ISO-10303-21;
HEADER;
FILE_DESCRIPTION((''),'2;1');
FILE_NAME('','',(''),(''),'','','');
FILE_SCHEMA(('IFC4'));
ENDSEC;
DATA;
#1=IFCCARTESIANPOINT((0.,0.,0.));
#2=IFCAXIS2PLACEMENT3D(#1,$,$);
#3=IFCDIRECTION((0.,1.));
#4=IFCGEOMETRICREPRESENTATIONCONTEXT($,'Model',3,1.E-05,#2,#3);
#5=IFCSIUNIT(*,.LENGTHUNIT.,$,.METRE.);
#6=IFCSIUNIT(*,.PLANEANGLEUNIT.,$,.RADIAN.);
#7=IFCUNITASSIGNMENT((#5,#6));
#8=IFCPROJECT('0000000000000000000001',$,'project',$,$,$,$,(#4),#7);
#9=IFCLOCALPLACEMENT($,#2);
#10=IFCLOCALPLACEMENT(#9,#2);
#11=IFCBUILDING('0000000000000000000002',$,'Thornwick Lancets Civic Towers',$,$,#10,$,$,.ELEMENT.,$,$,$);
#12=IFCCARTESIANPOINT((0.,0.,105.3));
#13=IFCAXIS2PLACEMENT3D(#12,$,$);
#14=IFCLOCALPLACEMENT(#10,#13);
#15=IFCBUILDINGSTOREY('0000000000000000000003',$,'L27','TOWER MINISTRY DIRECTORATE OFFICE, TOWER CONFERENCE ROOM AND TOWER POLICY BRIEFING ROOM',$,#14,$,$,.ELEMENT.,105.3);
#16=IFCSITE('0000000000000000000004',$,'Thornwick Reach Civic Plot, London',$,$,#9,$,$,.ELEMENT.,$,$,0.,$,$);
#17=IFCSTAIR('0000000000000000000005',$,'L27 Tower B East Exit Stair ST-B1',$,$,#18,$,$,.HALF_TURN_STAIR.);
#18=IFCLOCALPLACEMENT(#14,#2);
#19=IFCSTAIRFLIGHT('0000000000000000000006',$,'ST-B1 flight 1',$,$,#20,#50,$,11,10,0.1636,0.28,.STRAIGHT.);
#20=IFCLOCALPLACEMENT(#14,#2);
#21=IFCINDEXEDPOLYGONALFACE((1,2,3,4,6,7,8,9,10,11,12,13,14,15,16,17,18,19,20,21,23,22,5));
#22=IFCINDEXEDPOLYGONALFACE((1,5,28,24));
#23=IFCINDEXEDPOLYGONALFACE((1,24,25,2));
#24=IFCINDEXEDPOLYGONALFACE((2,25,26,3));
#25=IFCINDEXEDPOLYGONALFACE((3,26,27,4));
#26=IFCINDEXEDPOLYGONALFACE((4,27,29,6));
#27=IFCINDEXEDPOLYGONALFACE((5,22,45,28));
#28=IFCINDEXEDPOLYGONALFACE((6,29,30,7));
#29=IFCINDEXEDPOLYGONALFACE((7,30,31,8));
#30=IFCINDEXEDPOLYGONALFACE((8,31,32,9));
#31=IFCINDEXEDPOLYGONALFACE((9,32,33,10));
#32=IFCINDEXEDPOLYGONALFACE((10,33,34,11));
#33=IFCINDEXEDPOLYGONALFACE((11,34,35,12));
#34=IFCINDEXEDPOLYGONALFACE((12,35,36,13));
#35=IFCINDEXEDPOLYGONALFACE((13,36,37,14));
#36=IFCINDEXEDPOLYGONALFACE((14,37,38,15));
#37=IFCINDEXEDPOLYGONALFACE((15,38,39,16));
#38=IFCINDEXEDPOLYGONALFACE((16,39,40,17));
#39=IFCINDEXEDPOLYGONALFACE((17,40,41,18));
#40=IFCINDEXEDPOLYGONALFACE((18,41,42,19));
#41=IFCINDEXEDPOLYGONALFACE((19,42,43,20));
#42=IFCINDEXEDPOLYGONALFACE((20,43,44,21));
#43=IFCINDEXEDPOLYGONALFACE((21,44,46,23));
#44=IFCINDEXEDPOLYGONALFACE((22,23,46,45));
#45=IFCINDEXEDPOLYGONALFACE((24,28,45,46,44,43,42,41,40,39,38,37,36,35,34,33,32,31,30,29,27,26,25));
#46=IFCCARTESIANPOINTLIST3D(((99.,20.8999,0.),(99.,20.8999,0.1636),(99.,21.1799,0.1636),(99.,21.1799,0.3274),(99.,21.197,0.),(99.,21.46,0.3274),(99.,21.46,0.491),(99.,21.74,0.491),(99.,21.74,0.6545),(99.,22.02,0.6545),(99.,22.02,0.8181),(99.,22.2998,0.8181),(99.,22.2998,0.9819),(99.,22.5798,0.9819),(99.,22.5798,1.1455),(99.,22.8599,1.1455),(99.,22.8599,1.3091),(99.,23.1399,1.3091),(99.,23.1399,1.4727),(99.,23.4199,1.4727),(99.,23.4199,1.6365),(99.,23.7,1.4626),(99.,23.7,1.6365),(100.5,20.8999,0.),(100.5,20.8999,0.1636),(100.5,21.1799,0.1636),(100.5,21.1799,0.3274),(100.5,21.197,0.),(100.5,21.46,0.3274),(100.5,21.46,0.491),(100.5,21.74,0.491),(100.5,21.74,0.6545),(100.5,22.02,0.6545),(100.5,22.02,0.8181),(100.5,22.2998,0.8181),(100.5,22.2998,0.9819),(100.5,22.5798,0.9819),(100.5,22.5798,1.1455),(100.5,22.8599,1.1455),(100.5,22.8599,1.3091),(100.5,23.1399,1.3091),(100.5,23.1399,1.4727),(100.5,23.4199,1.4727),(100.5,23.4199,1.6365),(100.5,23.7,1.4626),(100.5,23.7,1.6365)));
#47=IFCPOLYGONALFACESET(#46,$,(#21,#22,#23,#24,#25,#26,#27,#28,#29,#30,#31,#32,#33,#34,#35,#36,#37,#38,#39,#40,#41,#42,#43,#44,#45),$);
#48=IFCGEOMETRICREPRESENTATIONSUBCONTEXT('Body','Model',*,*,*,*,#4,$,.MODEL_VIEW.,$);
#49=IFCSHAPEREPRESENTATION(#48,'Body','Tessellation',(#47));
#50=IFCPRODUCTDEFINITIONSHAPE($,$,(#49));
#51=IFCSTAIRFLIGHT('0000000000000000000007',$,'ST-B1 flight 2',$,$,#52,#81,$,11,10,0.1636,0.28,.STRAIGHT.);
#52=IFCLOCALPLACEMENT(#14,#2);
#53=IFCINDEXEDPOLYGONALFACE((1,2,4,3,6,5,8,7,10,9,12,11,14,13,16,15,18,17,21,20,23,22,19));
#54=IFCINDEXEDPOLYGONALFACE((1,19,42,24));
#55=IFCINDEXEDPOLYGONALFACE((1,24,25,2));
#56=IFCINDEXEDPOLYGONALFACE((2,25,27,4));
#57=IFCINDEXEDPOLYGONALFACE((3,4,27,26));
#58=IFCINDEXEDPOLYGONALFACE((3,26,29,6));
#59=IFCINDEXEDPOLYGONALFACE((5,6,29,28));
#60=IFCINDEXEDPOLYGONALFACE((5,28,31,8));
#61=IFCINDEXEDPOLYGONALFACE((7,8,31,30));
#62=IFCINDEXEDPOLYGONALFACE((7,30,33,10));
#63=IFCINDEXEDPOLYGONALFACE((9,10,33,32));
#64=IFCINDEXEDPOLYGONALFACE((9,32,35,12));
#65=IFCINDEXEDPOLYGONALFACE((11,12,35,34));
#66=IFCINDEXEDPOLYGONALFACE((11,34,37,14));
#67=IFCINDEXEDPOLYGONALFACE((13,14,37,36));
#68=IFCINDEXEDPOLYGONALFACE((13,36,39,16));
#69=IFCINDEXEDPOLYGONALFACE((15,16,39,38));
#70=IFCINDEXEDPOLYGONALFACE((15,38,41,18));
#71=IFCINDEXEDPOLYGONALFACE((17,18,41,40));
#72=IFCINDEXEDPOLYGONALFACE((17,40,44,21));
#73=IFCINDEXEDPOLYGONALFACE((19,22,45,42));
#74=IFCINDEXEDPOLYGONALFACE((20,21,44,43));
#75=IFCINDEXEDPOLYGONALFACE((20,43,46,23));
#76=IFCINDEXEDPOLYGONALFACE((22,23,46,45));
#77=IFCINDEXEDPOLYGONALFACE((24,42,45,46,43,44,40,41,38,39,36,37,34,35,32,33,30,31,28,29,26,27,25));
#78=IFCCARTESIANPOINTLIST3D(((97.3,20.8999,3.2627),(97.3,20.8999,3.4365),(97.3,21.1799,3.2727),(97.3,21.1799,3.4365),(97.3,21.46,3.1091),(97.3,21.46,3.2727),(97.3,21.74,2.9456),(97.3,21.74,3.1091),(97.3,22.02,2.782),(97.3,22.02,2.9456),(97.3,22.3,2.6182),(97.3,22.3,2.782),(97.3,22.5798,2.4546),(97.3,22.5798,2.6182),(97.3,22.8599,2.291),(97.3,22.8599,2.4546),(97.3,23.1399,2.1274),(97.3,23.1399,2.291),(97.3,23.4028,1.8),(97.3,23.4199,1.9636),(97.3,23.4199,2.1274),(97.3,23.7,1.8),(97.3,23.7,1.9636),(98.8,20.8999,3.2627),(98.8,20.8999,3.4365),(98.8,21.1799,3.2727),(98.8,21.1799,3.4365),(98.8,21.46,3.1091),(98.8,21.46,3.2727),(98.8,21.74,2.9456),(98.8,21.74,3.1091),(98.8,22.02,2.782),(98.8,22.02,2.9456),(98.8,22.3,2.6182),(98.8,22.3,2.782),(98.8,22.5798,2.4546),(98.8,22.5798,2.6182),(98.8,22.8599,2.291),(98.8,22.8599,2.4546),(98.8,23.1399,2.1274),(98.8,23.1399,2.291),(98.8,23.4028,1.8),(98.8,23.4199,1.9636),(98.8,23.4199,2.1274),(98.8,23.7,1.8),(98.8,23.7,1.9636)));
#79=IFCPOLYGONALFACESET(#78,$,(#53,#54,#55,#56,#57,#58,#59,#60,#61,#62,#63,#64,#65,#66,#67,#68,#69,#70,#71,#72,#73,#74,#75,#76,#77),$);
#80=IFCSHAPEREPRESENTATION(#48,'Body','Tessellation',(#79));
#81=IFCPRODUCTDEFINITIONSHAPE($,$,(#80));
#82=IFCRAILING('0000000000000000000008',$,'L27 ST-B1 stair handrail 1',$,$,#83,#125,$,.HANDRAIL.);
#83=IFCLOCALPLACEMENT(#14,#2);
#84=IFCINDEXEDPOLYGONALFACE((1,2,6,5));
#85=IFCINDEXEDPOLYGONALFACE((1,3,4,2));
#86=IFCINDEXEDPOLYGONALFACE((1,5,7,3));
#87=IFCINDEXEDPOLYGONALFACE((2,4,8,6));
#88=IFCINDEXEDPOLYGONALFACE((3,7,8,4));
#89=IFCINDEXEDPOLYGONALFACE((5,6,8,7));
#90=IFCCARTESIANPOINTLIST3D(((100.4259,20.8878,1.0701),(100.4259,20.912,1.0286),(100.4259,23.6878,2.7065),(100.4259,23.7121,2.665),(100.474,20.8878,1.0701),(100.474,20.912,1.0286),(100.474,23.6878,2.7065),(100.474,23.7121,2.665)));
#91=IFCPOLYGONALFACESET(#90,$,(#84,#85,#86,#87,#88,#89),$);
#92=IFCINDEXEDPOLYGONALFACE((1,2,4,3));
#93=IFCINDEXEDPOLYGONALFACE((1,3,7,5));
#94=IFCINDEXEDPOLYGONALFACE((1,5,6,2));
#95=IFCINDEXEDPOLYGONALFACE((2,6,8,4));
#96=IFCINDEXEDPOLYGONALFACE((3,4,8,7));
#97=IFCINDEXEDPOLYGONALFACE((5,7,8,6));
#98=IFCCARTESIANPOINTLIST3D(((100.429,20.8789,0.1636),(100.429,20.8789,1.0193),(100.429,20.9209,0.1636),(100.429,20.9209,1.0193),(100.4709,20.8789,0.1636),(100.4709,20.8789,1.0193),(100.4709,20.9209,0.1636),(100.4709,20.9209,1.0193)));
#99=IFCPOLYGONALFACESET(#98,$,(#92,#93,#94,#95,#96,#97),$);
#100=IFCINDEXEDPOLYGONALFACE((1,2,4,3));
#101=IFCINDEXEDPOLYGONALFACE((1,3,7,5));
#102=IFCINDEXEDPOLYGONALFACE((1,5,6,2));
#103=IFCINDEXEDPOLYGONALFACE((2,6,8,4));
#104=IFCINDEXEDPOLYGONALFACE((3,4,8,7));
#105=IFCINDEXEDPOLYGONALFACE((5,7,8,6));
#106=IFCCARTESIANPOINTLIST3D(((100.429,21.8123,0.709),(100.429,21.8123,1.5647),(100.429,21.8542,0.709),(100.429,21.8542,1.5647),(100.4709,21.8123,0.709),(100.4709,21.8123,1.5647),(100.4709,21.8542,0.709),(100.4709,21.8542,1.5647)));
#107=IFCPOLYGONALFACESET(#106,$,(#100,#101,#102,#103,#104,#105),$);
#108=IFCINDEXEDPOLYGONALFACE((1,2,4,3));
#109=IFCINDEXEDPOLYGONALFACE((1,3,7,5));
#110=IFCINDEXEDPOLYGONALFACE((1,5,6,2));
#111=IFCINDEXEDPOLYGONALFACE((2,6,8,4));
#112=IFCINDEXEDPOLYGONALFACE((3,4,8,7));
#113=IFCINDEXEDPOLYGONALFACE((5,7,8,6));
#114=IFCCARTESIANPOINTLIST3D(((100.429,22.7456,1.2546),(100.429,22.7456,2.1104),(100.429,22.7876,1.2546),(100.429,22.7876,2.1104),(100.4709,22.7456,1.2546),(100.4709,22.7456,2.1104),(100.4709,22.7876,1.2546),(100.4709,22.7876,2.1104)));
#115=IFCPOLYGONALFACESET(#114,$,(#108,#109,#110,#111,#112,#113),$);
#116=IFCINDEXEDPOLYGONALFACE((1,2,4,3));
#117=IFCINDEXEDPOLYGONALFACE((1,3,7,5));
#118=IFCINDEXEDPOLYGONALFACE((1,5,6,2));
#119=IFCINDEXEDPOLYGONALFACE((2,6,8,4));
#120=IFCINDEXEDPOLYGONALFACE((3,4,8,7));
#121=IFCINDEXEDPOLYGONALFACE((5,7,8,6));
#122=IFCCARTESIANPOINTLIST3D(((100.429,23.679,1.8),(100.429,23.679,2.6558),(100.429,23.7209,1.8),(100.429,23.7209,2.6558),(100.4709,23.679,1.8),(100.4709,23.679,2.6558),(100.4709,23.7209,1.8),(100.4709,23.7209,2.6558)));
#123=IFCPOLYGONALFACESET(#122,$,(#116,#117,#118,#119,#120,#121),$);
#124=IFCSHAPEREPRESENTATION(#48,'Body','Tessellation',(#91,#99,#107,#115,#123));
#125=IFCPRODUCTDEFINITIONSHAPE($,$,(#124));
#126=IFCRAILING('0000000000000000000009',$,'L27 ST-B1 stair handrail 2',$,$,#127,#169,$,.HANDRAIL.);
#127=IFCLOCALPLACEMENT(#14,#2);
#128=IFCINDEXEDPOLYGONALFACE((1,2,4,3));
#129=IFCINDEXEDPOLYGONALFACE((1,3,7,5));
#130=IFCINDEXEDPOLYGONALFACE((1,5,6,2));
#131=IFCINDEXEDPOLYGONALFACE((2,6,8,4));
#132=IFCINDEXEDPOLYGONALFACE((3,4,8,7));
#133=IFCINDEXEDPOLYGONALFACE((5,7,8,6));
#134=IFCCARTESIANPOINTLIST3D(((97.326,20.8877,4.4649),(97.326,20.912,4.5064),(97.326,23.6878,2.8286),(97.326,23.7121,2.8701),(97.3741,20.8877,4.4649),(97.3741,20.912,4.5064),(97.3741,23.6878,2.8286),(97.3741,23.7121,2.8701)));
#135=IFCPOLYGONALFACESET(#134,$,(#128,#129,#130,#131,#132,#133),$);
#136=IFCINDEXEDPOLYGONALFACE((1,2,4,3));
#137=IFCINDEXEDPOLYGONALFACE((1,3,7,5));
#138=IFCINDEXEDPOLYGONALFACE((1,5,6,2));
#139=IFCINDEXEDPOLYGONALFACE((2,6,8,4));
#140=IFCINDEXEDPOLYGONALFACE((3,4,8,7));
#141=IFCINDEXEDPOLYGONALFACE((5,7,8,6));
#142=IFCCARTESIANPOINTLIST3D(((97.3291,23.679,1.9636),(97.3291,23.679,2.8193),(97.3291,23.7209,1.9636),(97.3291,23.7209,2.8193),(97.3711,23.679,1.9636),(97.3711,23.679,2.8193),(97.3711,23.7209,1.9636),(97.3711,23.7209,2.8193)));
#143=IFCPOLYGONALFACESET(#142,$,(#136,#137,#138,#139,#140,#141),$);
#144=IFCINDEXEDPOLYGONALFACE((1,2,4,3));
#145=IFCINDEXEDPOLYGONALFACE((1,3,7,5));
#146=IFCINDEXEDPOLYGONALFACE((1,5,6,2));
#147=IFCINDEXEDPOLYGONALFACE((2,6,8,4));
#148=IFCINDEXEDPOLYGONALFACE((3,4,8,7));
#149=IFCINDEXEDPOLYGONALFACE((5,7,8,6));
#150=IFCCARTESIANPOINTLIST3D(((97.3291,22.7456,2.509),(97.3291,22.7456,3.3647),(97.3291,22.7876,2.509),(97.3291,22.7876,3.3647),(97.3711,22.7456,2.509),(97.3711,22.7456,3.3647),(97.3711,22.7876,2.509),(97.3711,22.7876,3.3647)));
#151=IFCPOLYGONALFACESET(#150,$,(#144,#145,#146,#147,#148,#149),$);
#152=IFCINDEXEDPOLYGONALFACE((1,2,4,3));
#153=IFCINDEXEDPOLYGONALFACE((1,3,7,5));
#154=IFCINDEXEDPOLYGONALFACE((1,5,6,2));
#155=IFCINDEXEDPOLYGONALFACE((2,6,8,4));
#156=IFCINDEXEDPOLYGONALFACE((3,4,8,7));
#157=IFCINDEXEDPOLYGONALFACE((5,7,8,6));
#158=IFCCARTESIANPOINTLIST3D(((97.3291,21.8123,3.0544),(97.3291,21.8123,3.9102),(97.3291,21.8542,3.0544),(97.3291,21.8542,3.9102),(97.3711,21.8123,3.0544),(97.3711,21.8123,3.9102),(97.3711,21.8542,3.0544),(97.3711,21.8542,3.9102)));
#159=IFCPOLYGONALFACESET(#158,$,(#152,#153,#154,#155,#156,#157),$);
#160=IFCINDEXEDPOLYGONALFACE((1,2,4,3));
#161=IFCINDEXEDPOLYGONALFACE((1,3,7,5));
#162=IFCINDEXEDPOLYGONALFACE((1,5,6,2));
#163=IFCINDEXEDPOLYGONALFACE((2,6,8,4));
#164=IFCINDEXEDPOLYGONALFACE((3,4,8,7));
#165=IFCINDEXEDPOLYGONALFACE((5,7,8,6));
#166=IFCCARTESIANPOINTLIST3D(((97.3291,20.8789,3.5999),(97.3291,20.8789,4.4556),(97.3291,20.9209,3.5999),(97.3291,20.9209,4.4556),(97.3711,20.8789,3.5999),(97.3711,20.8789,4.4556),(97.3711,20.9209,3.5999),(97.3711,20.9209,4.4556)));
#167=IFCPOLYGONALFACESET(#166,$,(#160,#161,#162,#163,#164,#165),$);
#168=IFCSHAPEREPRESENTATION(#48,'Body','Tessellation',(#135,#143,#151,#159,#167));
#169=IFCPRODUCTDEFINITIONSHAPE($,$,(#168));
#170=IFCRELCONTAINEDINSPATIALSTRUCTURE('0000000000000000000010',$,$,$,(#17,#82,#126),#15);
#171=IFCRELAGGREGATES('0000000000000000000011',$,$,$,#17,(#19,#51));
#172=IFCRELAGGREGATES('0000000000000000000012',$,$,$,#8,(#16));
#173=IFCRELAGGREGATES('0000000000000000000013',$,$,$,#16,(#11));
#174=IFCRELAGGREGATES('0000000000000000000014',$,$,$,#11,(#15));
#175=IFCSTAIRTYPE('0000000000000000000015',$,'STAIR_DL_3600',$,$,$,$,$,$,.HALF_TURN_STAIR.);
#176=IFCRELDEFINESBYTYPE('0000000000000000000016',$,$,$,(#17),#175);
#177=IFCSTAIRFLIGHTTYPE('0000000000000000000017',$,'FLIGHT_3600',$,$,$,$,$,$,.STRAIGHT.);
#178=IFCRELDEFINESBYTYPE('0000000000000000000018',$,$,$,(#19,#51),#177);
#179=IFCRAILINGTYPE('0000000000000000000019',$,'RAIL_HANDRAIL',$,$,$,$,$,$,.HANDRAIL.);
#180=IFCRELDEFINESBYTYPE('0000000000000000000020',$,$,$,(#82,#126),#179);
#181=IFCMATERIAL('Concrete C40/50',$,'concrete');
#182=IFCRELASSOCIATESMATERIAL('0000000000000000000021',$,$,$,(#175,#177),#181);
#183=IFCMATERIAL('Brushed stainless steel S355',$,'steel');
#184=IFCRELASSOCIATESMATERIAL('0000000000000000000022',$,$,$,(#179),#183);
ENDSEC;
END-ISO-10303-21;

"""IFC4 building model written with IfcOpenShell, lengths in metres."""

from ifc_helpers import new_model, si_unit, direction, frame, origin, origin_2d, place, context, subcontext, project, spatial, polyline, rectangle, outline, extrude, material, type_object, element, aggregate, save


model = new_model("IFC4")

# Units and contexts
model_context = context("Model", 3, precision=1e-05, world=origin(), true_north=direction((0.0, 1.0)))
body_context = subcontext(model_context, "Body", "Model", "MODEL_VIEW")
ifc_project = project(units=[si_unit("LENGTHUNIT", "METRE"), si_unit("PLANEANGLEUNIT", "RADIAN")], contexts=[model_context])

# Site, building, storey
site_placement = place(None, origin())
site = spatial("IfcSite", under=ifc_project, at=site_placement, Name="Thornwick Reach Civic Plot, London", CompositionType="ELEMENT", RefElevation=0.0)
building_placement = place(site_placement, origin())
building = spatial("IfcBuilding", under=site, at=building_placement, Name="Thornwick Lancets Civic Towers", CompositionType="ELEMENT")
storey_placement = place(building_placement, frame((0.0, 0.0, 105.3)))
storey = spatial("IfcBuildingStorey", under=building, at=storey_placement, Name="L27", Description="TOWER MINISTRY DIRECTORATE OFFICE, TOWER CONFERENCE ROOM AND TOWER POLICY BRIEFING ROOM", CompositionType="ELEMENT", Elevation=105.3)

# Shared definitions
ifc_material_1 = material(Name="Concrete C40/50", Category="concrete")

# Stair, stair flights
stair_type = type_object("IfcStairType", Name="STAIR_DL_3600", PredefinedType="HALF_TURN_STAIR", material=ifc_material_1)
stair_placement = place(storey_placement, origin())
stair = element("IfcStair", 1, at=stair_placement, inside=storey, type_object=stair_type, Name="L27 Tower B East Exit Stair ST-B1", PredefinedType="HALF_TURN_STAIR")
stair_flight_type = type_object("IfcStairFlightType", Name="FLIGHT_3600", PredefinedType="STRAIGHT", material=ifc_material_1)
stair_flight_1_placement = place(storey_placement, frame((99.75, 20.8999, 0.0), z_axis=(0.0, 0.0, 1.0), x_axis=(0.0, 1.0, 0.0)))
stair_flight_1 = element("IfcStairFlight", 2, at=stair_flight_1_placement, type_object=stair_flight_type, Name="ST-B1 flight 1", NumberOfRisers=11, NumberOfTreads=10, PredefinedType="STRAIGHT", RiserHeight=0.1636, TreadLength=0.28, context=body_context, shape_type="SweptSolid", body=[
    extrude(outline(polyline([(0.0, 0.0), (0.0, 0.1636), (0.28, 0.1636), (0.28, 0.3274), (0.5601, 0.3274), (0.5601, 0.491), (0.8401, 0.491), (0.8401, 0.6545), (1.1201, 0.6545), (1.1201, 0.8181), (1.3999, 0.8181), (1.3999, 0.9819), (1.6799, 0.9819), (1.6799, 1.1455), (1.96, 1.1455), (1.96, 1.3091), (2.24, 1.3091), (2.24, 1.4727), (2.52, 1.4727), (2.52, 1.6365), (2.8, 1.6365), (2.8, 1.8), (2.8, 1.4626), (0.2971, 0.0), (0.0, 0.0)])), frame((0.0, 0.75, 0.0), z_axis=(0.0, -1.0, 0.0), x_axis=(1.0, 0.0, 0.0)), (0.0, 0.0, 1.0), 1.5),
])
stair_flight_2_placement = place(storey_placement, frame((98.05, 23.7, 1.8), z_axis=(0.0, 0.0, 1.0), x_axis=(0.0, -1.0, 0.0)))
stair_flight_2 = element("IfcStairFlight", 3, at=stair_flight_2_placement, type_object=stair_flight_type, Name="ST-B1 flight 2", NumberOfRisers=11, NumberOfTreads=10, PredefinedType="STRAIGHT", RiserHeight=0.1636, TreadLength=0.28, context=body_context, shape_type="SweptSolid", body=[
    extrude(outline(polyline([(0.0, 0.0), (0.0, 0.1636), (0.28, 0.1636), (0.28, 0.3274), (0.5601, 0.3274), (0.5601, 0.491), (0.8401, 0.491), (0.8401, 0.6545), (1.1201, 0.6545), (1.1201, 0.8181), (1.3999, 0.8181), (1.3999, 0.9819), (1.6799, 0.9819), (1.6799, 1.1455), (1.96, 1.1455), (1.96, 1.3091), (2.24, 1.3091), (2.24, 1.4727), (2.52, 1.4727), (2.52, 1.6365), (2.8, 1.6365), (2.8, 1.8), (2.8, 1.4626), (0.2971, 0.0), (0.0, 0.0)])), frame((0.0, 0.75, 0.0), z_axis=(0.0, -1.0, 0.0), x_axis=(1.0, 0.0, 0.0)), (0.0, 0.0, 1.0), 1.5),
])
aggregate(stair, [stair_flight_1, stair_flight_2])

# Railings
ifc_material_2 = material(Name="Brushed stainless steel S355", Category="steel")
railing_type_1 = type_object("IfcRailingType", Name="RAIL_HANDRAIL", PredefinedType="HANDRAIL", material=ifc_material_2)
railing_1_placement = place(storey_placement, frame((100.45, 20.8999, 0.1636)))
element("IfcRailing", 4, at=railing_1_placement, inside=storey, type_object=railing_type_1, Name="L27 ST-B1 stair handrail 1", PredefinedType="HANDRAIL", context=body_context, shape_type="SweptSolid", body=[
    extrude(rectangle(XDim=0.0481, YDim=0.0481, at=origin_2d()), frame((0.0, 0.0, 0.8857), z_axis=(0.0, 0.863361, 0.504587), x_axis=(-1.0, 0.0, 0.0)), (0.0, 0.0, 1.0), 3.2432),
    extrude(rectangle(XDim=0.042, YDim=0.042, at=origin_2d()), origin(), (0.0, 0.0, 1.0), 0.8557),
    extrude(rectangle(XDim=0.042, YDim=0.042, at=origin_2d()), frame((0.0, 0.9333, 0.5454)), (0.0, 0.0, 1.0), 0.8557),
    extrude(rectangle(XDim=0.042, YDim=0.042, at=origin_2d()), frame((0.0, 1.8667, 1.0911)), (0.0, 0.0, 1.0), 0.8557),
    extrude(rectangle(XDim=0.042, YDim=0.042, at=origin_2d()), frame((0.0, 2.8, 1.6365)), (0.0, 0.0, 1.0), 0.8557),
])
railing_2_placement = place(storey_placement, frame((97.3501, 23.7, 1.9636)))
element("IfcRailing", 5, at=railing_2_placement, inside=storey, type_object=railing_type_1, Name="L27 ST-B1 stair handrail 2", PredefinedType="HANDRAIL", context=body_context, shape_type="SweptSolid", body=[
    extrude(rectangle(XDim=0.0481, YDim=0.0481, at=origin_2d()), frame((0.0, 0.0, 0.8857), z_axis=(0.0, -0.863394, 0.504531), x_axis=(1.0, 0.0, 0.0)), (0.0, 0.0, 1.0), 3.2432),
    extrude(rectangle(XDim=0.042, YDim=0.042, at=origin_2d()), origin(), (0.0, 0.0, 1.0), 0.8557),
    extrude(rectangle(XDim=0.042, YDim=0.042, at=origin_2d()), frame((0.0, -0.9333, 0.5454)), (0.0, 0.0, 1.0), 0.8557),
    extrude(rectangle(XDim=0.042, YDim=0.042, at=origin_2d()), frame((0.0, -1.8667, 1.0908)), (0.0, 0.0, 1.0), 0.8557),
    extrude(rectangle(XDim=0.042, YDim=0.042, at=origin_2d()), frame((0.0, -2.8, 1.6362)), (0.0, 0.0, 1.0), 0.8557),
])

save(model, "model.ifc")
